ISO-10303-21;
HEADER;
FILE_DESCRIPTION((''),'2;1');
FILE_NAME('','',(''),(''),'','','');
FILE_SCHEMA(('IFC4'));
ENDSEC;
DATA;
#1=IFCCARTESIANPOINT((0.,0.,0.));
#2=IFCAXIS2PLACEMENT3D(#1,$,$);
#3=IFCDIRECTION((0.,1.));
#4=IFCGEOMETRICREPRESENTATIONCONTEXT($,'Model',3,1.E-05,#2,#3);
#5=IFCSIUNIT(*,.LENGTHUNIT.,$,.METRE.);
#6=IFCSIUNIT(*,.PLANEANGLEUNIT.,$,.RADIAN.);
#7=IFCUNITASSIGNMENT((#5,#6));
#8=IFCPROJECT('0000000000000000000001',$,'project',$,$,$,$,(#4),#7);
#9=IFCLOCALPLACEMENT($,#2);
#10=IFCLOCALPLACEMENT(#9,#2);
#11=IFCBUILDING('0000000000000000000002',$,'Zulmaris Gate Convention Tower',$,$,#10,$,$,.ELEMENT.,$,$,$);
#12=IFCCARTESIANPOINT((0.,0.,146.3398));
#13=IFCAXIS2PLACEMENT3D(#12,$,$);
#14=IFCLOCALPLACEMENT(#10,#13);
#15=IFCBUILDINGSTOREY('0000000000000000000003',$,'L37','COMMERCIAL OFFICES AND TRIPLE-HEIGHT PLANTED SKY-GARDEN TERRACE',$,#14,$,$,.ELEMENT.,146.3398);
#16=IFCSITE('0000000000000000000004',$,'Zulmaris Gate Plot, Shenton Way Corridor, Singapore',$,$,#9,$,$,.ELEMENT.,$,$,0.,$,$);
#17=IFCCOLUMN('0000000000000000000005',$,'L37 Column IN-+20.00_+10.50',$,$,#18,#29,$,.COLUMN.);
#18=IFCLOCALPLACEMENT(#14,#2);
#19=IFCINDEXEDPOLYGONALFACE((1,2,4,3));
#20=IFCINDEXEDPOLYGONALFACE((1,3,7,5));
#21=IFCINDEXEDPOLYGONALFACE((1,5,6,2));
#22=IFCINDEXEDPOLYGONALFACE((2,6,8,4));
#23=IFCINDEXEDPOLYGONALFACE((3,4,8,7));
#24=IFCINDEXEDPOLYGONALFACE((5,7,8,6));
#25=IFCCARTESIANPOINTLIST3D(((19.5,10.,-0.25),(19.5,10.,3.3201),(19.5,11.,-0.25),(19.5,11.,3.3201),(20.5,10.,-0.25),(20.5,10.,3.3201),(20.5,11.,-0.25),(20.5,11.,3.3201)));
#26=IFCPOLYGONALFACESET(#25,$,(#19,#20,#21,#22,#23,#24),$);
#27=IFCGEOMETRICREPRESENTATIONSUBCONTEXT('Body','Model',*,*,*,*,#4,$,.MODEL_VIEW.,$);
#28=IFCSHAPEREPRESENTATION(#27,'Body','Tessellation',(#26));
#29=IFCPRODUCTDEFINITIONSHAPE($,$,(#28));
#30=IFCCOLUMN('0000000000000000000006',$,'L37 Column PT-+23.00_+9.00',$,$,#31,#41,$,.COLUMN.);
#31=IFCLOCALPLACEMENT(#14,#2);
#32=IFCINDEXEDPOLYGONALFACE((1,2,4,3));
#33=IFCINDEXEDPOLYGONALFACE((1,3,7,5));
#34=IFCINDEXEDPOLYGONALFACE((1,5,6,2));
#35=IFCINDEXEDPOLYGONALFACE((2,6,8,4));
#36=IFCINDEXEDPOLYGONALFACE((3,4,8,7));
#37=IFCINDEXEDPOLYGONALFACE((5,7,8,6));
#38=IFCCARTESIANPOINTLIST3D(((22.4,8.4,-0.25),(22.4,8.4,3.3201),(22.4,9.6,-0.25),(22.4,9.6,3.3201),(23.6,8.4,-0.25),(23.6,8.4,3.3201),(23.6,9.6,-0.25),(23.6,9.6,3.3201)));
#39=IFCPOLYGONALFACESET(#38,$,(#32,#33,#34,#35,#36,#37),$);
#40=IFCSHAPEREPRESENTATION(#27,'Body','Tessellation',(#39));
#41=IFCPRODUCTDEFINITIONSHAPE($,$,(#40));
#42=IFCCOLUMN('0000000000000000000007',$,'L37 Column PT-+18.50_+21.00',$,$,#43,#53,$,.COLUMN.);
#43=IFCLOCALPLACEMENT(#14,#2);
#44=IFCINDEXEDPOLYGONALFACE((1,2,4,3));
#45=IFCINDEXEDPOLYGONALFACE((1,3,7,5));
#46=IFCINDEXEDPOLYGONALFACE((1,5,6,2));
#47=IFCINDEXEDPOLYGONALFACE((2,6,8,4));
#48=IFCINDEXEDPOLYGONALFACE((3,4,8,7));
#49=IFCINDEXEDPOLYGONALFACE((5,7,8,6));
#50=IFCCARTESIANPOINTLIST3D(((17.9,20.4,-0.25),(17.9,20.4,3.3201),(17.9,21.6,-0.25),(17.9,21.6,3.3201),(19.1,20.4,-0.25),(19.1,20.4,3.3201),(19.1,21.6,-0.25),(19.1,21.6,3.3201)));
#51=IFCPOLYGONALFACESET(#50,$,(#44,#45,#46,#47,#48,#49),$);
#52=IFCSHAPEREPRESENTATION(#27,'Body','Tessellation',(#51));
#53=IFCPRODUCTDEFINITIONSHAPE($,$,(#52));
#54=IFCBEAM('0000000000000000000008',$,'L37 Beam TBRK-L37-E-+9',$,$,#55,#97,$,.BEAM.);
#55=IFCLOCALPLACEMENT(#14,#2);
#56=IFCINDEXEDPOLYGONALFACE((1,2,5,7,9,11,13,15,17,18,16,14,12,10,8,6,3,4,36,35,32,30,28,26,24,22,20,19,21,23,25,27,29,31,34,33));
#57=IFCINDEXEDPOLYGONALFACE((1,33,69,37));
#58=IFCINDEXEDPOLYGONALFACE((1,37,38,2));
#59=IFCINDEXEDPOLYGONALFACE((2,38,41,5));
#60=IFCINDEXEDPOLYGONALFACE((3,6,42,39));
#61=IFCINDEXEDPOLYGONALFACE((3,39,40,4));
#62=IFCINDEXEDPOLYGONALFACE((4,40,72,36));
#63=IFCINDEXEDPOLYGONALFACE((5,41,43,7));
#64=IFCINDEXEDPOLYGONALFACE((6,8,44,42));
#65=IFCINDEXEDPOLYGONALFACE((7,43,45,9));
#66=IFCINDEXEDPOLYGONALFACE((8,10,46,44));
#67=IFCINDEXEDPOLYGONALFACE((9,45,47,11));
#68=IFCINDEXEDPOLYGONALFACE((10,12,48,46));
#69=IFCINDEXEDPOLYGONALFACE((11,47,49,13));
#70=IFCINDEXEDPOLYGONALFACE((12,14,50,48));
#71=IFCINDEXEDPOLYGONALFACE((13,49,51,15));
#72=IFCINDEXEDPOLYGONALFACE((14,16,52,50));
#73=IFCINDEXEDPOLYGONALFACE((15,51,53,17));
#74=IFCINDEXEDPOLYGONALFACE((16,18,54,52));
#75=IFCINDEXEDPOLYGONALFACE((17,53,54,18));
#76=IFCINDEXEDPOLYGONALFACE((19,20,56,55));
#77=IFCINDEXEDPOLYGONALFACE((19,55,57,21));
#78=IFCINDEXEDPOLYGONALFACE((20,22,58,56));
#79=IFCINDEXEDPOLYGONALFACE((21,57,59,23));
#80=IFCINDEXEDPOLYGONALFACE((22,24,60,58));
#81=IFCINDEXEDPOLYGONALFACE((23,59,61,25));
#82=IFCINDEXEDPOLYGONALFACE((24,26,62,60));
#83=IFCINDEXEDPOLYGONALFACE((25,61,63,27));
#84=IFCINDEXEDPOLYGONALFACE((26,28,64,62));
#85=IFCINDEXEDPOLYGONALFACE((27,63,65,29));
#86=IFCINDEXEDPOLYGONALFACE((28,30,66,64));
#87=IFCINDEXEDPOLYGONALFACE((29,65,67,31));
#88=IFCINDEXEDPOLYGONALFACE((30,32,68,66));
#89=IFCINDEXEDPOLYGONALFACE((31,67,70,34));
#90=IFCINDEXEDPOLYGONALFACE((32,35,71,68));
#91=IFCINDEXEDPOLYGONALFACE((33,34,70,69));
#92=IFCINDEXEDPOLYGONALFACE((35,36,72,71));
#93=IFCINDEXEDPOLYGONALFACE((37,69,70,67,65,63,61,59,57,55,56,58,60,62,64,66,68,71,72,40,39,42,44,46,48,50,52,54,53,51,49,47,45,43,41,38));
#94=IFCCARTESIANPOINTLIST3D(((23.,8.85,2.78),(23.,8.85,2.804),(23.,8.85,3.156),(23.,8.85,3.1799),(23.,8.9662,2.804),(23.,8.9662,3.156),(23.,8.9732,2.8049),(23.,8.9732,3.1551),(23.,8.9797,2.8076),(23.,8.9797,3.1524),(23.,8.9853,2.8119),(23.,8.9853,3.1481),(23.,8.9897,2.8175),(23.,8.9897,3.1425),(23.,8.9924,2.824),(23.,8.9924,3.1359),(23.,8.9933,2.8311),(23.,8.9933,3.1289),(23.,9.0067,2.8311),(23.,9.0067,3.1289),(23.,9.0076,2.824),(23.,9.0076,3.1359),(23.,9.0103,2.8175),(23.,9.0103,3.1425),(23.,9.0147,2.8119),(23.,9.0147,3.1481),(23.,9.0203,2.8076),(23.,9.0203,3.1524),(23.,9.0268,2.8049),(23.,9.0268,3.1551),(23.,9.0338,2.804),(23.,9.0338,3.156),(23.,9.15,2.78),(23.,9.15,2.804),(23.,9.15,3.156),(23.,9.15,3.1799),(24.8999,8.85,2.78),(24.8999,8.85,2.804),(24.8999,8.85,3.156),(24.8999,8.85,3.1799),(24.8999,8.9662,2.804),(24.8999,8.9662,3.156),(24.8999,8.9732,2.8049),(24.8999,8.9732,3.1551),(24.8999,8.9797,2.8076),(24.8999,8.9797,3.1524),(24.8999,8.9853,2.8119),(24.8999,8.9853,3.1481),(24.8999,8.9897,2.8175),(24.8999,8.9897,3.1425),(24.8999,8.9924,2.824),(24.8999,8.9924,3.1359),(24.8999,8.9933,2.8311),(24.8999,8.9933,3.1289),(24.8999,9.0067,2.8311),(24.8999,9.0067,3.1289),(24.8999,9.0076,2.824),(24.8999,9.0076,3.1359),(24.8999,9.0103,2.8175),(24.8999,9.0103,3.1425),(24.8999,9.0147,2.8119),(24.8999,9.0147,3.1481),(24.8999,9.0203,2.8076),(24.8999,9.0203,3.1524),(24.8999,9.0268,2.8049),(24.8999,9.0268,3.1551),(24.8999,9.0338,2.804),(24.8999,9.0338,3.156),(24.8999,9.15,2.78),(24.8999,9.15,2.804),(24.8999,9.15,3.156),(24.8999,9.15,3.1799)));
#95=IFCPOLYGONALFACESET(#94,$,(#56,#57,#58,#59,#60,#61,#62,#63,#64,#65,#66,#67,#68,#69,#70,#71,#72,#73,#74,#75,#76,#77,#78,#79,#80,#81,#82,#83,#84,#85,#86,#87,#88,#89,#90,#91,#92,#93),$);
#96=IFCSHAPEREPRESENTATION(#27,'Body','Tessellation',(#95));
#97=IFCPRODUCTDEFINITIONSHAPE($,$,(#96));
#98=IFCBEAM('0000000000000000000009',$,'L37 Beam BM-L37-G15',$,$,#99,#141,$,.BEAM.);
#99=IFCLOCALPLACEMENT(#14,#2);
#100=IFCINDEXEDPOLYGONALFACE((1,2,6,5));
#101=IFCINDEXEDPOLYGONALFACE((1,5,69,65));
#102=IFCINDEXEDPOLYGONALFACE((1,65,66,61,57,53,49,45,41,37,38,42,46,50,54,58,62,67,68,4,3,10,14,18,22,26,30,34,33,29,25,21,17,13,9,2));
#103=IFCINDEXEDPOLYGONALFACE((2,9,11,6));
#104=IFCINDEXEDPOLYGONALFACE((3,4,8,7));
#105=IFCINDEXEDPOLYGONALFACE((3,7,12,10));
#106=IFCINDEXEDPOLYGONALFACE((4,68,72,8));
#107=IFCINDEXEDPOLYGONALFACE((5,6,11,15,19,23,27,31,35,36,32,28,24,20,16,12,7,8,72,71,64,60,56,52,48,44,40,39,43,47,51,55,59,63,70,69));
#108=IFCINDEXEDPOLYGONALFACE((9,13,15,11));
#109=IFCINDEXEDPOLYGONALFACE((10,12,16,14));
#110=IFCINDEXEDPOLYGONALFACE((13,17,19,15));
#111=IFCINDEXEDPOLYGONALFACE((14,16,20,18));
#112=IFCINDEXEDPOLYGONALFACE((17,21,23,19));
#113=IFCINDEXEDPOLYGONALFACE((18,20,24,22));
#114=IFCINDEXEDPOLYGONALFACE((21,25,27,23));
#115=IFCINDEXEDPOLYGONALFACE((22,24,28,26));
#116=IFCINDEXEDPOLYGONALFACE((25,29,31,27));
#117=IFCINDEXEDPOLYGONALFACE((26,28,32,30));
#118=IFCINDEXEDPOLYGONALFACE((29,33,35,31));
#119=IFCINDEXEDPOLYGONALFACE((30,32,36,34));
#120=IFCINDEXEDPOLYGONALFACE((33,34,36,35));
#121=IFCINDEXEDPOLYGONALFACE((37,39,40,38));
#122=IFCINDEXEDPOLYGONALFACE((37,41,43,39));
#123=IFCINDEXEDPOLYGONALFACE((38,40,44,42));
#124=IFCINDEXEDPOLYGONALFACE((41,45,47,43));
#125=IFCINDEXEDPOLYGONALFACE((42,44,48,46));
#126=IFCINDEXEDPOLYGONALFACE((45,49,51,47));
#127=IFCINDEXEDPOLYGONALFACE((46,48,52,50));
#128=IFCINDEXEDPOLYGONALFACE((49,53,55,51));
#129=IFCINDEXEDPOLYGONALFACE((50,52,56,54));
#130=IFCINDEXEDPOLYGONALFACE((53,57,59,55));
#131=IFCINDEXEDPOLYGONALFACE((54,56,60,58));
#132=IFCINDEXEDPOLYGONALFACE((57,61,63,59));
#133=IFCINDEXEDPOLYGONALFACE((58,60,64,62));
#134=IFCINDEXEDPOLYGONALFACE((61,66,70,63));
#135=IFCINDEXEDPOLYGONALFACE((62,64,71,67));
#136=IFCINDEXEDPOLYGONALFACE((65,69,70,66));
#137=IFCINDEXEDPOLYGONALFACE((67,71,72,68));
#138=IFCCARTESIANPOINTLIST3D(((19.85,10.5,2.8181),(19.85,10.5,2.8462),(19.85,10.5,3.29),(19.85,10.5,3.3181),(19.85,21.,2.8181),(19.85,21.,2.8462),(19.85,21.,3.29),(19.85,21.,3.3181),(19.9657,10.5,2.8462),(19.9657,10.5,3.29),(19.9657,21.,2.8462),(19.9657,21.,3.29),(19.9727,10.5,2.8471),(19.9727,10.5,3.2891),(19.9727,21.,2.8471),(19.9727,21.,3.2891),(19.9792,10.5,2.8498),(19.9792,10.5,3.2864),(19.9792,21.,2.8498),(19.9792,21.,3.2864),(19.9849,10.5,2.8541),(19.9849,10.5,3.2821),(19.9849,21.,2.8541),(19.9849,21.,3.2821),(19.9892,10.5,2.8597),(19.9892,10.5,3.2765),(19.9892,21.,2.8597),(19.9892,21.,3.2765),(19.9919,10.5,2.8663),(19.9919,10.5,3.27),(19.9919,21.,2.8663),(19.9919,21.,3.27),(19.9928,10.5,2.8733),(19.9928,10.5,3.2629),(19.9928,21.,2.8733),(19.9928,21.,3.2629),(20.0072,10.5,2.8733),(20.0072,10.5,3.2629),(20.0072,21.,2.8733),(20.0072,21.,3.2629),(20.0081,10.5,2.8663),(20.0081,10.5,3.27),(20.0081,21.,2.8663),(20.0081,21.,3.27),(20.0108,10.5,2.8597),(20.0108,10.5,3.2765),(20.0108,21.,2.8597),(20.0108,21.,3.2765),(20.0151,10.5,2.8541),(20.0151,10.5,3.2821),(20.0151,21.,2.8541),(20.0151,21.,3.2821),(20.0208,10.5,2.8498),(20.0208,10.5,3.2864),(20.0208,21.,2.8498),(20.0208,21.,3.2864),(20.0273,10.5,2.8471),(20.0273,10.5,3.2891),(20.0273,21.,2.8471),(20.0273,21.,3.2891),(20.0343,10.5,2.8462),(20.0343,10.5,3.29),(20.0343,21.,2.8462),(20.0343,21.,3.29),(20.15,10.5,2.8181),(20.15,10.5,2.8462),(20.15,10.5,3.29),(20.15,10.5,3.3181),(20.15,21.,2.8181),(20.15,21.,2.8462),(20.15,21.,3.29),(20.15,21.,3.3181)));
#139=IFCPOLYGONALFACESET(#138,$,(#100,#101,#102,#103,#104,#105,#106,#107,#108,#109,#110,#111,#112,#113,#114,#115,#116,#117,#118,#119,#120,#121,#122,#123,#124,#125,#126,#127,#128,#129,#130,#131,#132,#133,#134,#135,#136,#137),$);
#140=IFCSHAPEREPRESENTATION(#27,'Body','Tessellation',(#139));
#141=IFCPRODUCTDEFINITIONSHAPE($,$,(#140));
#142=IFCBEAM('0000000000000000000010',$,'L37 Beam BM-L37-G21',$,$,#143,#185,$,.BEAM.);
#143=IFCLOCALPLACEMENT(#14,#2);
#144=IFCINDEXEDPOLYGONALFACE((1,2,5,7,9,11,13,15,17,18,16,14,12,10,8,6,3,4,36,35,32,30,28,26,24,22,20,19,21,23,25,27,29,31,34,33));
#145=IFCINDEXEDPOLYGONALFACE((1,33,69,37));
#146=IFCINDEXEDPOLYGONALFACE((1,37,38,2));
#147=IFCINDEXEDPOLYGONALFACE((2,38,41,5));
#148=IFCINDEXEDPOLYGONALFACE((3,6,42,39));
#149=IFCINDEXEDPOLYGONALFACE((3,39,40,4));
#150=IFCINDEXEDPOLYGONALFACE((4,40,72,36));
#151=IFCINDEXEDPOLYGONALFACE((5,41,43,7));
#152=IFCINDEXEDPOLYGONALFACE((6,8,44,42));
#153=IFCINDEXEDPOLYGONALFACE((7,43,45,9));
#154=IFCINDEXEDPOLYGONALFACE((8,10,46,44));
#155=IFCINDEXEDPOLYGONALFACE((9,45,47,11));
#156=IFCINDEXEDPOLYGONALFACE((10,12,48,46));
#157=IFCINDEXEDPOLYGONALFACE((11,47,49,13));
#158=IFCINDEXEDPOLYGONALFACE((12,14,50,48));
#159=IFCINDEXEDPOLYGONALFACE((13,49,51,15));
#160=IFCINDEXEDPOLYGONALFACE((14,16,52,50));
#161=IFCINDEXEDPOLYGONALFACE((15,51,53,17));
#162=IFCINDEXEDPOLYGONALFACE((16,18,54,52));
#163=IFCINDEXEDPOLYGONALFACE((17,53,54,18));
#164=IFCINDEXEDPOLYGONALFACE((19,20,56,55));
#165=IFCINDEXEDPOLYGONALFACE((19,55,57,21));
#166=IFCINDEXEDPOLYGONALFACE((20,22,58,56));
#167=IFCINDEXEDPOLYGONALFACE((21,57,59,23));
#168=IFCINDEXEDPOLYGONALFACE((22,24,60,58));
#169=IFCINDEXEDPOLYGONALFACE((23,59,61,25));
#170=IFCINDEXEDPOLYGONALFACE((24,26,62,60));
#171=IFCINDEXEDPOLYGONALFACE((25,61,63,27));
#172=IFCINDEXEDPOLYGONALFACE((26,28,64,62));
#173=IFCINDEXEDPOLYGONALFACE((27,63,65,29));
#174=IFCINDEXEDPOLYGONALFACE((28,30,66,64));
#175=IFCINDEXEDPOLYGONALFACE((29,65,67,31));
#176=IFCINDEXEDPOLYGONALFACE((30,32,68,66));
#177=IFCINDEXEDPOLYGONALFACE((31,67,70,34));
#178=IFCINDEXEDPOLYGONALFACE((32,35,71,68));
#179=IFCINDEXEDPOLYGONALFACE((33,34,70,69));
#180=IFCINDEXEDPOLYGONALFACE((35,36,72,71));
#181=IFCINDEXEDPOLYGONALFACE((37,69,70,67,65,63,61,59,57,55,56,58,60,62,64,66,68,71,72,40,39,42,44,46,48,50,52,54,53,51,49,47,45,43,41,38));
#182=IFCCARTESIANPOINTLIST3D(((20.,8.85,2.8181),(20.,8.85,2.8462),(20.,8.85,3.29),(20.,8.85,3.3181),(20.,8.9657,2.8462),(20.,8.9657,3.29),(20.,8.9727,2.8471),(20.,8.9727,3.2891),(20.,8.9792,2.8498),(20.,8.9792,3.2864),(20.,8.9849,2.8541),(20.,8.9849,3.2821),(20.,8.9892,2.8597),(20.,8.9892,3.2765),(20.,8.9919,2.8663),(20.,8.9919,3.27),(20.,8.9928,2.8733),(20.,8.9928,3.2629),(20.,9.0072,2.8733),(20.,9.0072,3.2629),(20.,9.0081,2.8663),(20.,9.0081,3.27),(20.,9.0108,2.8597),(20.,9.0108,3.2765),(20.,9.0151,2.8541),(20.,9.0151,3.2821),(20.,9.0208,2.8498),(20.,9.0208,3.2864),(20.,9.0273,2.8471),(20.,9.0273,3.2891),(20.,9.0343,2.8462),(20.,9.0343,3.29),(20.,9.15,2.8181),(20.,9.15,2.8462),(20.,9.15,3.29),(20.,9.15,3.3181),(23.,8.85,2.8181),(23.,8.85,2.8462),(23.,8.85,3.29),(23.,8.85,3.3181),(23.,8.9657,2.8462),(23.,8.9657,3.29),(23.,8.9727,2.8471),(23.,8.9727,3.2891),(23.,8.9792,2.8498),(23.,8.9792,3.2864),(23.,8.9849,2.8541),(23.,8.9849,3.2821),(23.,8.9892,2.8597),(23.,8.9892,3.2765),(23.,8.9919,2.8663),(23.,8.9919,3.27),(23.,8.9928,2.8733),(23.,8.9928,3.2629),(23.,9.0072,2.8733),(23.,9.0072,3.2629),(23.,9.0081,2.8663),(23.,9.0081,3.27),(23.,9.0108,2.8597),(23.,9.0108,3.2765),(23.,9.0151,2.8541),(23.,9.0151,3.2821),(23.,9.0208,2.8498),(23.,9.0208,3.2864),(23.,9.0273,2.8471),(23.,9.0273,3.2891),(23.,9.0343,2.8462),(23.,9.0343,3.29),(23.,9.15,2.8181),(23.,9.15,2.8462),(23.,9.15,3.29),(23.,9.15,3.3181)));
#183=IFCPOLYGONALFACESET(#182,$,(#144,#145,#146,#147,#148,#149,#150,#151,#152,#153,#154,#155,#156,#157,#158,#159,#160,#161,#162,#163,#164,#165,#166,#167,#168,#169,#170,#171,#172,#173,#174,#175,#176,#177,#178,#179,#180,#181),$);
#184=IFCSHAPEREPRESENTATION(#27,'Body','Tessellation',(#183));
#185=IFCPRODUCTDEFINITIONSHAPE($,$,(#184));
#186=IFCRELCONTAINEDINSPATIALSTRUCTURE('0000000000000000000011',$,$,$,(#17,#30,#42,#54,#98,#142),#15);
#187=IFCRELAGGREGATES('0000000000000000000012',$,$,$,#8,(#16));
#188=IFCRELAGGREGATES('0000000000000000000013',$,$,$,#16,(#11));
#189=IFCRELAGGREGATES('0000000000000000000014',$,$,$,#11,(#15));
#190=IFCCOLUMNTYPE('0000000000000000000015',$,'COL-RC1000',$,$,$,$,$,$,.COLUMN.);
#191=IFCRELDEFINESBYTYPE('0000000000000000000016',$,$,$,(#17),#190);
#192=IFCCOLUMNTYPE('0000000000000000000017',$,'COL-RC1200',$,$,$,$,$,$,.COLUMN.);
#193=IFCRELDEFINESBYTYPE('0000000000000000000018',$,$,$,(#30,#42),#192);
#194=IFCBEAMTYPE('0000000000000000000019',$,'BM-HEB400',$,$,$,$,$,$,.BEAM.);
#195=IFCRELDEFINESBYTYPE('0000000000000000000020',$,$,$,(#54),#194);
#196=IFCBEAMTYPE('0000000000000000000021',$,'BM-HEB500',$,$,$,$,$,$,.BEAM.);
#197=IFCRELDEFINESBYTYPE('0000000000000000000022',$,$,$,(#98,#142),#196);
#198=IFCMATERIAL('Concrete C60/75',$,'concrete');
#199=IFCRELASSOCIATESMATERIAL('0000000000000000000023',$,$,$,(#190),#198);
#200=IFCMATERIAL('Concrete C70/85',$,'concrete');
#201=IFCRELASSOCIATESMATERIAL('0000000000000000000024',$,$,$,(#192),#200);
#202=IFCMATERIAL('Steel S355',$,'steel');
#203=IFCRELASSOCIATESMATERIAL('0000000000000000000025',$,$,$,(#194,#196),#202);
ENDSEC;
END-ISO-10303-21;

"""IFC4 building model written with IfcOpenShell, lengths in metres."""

from ifc_helpers import new_model, si_unit, direction, frame, origin, origin_2d, place, context, subcontext, project, spatial, rectangle, i_section, extrude, material, material_profile, profile_set, type_object, element, save


model = new_model("IFC4")

# Units and contexts
model_context = context("Model", 3, precision=1e-05, world=origin(), true_north=direction((0.0, 1.0)))
body_context = subcontext(model_context, "Body", "Model", "MODEL_VIEW")
ifc_project = project(units=[si_unit("LENGTHUNIT", "METRE"), si_unit("PLANEANGLEUNIT", "RADIAN")], contexts=[model_context])

# Site, building, storey
site_placement = place(None, origin())
site = spatial("IfcSite", under=ifc_project, at=site_placement, Name="Zulmaris Gate Plot, Shenton Way Corridor, Singapore", CompositionType="ELEMENT", RefElevation=0.0)
building_placement = place(site_placement, origin())
building = spatial("IfcBuilding", under=site, at=building_placement, Name="Zulmaris Gate Convention Tower", CompositionType="ELEMENT")
storey_placement = place(building_placement, frame((0.0, 0.0, 146.3398)))
storey = spatial("IfcBuildingStorey", under=building, at=storey_placement, Name="L37", Description="COMMERCIAL OFFICES AND TRIPLE-HEIGHT PLANTED SKY-GARDEN TERRACE", CompositionType="ELEMENT", Elevation=146.3398)

# Columns
ifc_material_1 = material(Name="Concrete C60/75", Category="concrete")
ifc_material_profile_1 = material_profile(ifc_material_1, rectangle(XDim=1.0, YDim=1.0, at=origin_2d()), Name="RC COL 1000x1000")
ifc_profile_set_1 = profile_set([ifc_material_profile_1], Name="Concrete C60/75")
column_type_1 = type_object("IfcColumnType", Name="COL-RC1000", PredefinedType="COLUMN", material=ifc_profile_set_1)
column_placement = place(storey_placement, frame((20.0, 10.5, -0.25), z_axis=(0.0, 0.0, 1.0), x_axis=(1.0, 0.0, 0.0)))
element("IfcColumn", 1, at=column_placement, inside=storey, type_object=column_type_1, Name="L37 Column IN-+20.00_+10.50", PredefinedType="COLUMN", context=body_context, shape_type="SweptSolid", body=[
    extrude(rectangle(XDim=1.0, YDim=1.0, at=origin_2d()), origin(), (0.0, 0.0, 1.0), 3.5701),
])
ifc_material_2 = material(Name="Concrete C70/85", Category="concrete")
ifc_material_profile_2 = material_profile(ifc_material_2, rectangle(XDim=1.2, YDim=1.2, at=origin_2d()), Name="RC COL 1200x1200")
ifc_profile_set_2 = profile_set([ifc_material_profile_2], Name="Concrete C70/85")
column_type_2 = type_object("IfcColumnType", Name="COL-RC1200", PredefinedType="COLUMN", material=ifc_profile_set_2)
for number, where, z_axis, x_axis, name in (
    (2, (23.0, 9.0, -0.25), (0.0, 0.0, 1.0), (1.0, 0.0, 0.0), "L37 Column PT-+23.00_+9.00"),
    (3, (18.5, 21.0, -0.25), (0.0, 0.0, 1.0), (1.0, 0.0, 0.0), "L37 Column PT-+18.50_+21.00"),
):
    element("IfcColumn", number, at=place(storey_placement, frame(where, z_axis=z_axis, x_axis=x_axis)), inside=storey, type_object=column_type_2, Name=name, PredefinedType="COLUMN", context=body_context, shape_type="SweptSolid", body=[
        extrude(rectangle(XDim=1.2, YDim=1.2, at=origin_2d()), origin(), (0.0, 0.0, 1.0), 3.5701),
    ])

# Beams
ifc_material_3 = material(Name="Steel S355", Category="steel")
ifc_material_profile_3 = material_profile(ifc_material_3, i_section(OverallWidth=0.3, OverallDepth=0.3999, WebThickness=0.0134, FlangeThickness=0.0239, FilletRadius=0.0271, at=origin_2d()), Name="HEB 400")
ifc_profile_set_3 = profile_set([ifc_material_profile_3], Name="Steel S355")
beam_type_1 = type_object("IfcBeamType", Name="BM-HEB400", PredefinedType="BEAM", material=ifc_profile_set_3)
beam_1_placement = place(storey_placement, frame((23.0, 9.0, 2.98), z_axis=(1.0, 0.0, 0.0), x_axis=(0.0, 1.0, 0.0)))
element("IfcBeam", 4, at=beam_1_placement, inside=storey, type_object=beam_type_1, Name="L37 Beam TBRK-L37-E-+9", PredefinedType="BEAM", context=body_context, shape_type="SweptSolid", body=[
    extrude(i_section(OverallWidth=0.3, OverallDepth=0.3999, WebThickness=0.0134, FlangeThickness=0.0239, FilletRadius=0.0271, at=origin_2d()), origin(), (0.0, 0.0, 1.0), 1.8999),
])
ifc_material_profile_4 = material_profile(ifc_material_3, i_section(OverallWidth=0.3, OverallDepth=0.5, WebThickness=0.0144, FlangeThickness=0.0281, FilletRadius=0.0271, at=origin_2d()), Name="HEB 500")
ifc_profile_set_4 = profile_set([ifc_material_profile_4], Name="Steel S355")
beam_type_2 = type_object("IfcBeamType", Name="BM-HEB500", PredefinedType="BEAM", material=ifc_profile_set_4)
beam_2_placement = place(storey_placement, frame((20.0, 10.5, 3.0681), z_axis=(0.0, 1.0, 0.0), x_axis=(-1.0, 0.0, 0.0)))
element("IfcBeam", 5, at=beam_2_placement, inside=storey, type_object=beam_type_2, Name="L37 Beam BM-L37-G15", PredefinedType="BEAM", context=body_context, shape_type="SweptSolid", body=[
    extrude(i_section(OverallWidth=0.3, OverallDepth=0.5, WebThickness=0.0144, FlangeThickness=0.0281, FilletRadius=0.0271, at=origin_2d()), origin(), (0.0, 0.0, 1.0), 10.5),
])
beam_3_placement = place(storey_placement, frame((20.0, 9.0, 3.0681), z_axis=(1.0, 0.0, 0.0), x_axis=(0.0, 1.0, 0.0)))
element("IfcBeam", 6, at=beam_3_placement, inside=storey, type_object=beam_type_2, Name="L37 Beam BM-L37-G21", PredefinedType="BEAM", context=body_context, shape_type="SweptSolid", body=[
    extrude(i_section(OverallWidth=0.3, OverallDepth=0.5, WebThickness=0.0144, FlangeThickness=0.0281, FilletRadius=0.0271, at=origin_2d()), origin(), (0.0, 0.0, 1.0), 3.0),
])

save(model, "model.ifc")
